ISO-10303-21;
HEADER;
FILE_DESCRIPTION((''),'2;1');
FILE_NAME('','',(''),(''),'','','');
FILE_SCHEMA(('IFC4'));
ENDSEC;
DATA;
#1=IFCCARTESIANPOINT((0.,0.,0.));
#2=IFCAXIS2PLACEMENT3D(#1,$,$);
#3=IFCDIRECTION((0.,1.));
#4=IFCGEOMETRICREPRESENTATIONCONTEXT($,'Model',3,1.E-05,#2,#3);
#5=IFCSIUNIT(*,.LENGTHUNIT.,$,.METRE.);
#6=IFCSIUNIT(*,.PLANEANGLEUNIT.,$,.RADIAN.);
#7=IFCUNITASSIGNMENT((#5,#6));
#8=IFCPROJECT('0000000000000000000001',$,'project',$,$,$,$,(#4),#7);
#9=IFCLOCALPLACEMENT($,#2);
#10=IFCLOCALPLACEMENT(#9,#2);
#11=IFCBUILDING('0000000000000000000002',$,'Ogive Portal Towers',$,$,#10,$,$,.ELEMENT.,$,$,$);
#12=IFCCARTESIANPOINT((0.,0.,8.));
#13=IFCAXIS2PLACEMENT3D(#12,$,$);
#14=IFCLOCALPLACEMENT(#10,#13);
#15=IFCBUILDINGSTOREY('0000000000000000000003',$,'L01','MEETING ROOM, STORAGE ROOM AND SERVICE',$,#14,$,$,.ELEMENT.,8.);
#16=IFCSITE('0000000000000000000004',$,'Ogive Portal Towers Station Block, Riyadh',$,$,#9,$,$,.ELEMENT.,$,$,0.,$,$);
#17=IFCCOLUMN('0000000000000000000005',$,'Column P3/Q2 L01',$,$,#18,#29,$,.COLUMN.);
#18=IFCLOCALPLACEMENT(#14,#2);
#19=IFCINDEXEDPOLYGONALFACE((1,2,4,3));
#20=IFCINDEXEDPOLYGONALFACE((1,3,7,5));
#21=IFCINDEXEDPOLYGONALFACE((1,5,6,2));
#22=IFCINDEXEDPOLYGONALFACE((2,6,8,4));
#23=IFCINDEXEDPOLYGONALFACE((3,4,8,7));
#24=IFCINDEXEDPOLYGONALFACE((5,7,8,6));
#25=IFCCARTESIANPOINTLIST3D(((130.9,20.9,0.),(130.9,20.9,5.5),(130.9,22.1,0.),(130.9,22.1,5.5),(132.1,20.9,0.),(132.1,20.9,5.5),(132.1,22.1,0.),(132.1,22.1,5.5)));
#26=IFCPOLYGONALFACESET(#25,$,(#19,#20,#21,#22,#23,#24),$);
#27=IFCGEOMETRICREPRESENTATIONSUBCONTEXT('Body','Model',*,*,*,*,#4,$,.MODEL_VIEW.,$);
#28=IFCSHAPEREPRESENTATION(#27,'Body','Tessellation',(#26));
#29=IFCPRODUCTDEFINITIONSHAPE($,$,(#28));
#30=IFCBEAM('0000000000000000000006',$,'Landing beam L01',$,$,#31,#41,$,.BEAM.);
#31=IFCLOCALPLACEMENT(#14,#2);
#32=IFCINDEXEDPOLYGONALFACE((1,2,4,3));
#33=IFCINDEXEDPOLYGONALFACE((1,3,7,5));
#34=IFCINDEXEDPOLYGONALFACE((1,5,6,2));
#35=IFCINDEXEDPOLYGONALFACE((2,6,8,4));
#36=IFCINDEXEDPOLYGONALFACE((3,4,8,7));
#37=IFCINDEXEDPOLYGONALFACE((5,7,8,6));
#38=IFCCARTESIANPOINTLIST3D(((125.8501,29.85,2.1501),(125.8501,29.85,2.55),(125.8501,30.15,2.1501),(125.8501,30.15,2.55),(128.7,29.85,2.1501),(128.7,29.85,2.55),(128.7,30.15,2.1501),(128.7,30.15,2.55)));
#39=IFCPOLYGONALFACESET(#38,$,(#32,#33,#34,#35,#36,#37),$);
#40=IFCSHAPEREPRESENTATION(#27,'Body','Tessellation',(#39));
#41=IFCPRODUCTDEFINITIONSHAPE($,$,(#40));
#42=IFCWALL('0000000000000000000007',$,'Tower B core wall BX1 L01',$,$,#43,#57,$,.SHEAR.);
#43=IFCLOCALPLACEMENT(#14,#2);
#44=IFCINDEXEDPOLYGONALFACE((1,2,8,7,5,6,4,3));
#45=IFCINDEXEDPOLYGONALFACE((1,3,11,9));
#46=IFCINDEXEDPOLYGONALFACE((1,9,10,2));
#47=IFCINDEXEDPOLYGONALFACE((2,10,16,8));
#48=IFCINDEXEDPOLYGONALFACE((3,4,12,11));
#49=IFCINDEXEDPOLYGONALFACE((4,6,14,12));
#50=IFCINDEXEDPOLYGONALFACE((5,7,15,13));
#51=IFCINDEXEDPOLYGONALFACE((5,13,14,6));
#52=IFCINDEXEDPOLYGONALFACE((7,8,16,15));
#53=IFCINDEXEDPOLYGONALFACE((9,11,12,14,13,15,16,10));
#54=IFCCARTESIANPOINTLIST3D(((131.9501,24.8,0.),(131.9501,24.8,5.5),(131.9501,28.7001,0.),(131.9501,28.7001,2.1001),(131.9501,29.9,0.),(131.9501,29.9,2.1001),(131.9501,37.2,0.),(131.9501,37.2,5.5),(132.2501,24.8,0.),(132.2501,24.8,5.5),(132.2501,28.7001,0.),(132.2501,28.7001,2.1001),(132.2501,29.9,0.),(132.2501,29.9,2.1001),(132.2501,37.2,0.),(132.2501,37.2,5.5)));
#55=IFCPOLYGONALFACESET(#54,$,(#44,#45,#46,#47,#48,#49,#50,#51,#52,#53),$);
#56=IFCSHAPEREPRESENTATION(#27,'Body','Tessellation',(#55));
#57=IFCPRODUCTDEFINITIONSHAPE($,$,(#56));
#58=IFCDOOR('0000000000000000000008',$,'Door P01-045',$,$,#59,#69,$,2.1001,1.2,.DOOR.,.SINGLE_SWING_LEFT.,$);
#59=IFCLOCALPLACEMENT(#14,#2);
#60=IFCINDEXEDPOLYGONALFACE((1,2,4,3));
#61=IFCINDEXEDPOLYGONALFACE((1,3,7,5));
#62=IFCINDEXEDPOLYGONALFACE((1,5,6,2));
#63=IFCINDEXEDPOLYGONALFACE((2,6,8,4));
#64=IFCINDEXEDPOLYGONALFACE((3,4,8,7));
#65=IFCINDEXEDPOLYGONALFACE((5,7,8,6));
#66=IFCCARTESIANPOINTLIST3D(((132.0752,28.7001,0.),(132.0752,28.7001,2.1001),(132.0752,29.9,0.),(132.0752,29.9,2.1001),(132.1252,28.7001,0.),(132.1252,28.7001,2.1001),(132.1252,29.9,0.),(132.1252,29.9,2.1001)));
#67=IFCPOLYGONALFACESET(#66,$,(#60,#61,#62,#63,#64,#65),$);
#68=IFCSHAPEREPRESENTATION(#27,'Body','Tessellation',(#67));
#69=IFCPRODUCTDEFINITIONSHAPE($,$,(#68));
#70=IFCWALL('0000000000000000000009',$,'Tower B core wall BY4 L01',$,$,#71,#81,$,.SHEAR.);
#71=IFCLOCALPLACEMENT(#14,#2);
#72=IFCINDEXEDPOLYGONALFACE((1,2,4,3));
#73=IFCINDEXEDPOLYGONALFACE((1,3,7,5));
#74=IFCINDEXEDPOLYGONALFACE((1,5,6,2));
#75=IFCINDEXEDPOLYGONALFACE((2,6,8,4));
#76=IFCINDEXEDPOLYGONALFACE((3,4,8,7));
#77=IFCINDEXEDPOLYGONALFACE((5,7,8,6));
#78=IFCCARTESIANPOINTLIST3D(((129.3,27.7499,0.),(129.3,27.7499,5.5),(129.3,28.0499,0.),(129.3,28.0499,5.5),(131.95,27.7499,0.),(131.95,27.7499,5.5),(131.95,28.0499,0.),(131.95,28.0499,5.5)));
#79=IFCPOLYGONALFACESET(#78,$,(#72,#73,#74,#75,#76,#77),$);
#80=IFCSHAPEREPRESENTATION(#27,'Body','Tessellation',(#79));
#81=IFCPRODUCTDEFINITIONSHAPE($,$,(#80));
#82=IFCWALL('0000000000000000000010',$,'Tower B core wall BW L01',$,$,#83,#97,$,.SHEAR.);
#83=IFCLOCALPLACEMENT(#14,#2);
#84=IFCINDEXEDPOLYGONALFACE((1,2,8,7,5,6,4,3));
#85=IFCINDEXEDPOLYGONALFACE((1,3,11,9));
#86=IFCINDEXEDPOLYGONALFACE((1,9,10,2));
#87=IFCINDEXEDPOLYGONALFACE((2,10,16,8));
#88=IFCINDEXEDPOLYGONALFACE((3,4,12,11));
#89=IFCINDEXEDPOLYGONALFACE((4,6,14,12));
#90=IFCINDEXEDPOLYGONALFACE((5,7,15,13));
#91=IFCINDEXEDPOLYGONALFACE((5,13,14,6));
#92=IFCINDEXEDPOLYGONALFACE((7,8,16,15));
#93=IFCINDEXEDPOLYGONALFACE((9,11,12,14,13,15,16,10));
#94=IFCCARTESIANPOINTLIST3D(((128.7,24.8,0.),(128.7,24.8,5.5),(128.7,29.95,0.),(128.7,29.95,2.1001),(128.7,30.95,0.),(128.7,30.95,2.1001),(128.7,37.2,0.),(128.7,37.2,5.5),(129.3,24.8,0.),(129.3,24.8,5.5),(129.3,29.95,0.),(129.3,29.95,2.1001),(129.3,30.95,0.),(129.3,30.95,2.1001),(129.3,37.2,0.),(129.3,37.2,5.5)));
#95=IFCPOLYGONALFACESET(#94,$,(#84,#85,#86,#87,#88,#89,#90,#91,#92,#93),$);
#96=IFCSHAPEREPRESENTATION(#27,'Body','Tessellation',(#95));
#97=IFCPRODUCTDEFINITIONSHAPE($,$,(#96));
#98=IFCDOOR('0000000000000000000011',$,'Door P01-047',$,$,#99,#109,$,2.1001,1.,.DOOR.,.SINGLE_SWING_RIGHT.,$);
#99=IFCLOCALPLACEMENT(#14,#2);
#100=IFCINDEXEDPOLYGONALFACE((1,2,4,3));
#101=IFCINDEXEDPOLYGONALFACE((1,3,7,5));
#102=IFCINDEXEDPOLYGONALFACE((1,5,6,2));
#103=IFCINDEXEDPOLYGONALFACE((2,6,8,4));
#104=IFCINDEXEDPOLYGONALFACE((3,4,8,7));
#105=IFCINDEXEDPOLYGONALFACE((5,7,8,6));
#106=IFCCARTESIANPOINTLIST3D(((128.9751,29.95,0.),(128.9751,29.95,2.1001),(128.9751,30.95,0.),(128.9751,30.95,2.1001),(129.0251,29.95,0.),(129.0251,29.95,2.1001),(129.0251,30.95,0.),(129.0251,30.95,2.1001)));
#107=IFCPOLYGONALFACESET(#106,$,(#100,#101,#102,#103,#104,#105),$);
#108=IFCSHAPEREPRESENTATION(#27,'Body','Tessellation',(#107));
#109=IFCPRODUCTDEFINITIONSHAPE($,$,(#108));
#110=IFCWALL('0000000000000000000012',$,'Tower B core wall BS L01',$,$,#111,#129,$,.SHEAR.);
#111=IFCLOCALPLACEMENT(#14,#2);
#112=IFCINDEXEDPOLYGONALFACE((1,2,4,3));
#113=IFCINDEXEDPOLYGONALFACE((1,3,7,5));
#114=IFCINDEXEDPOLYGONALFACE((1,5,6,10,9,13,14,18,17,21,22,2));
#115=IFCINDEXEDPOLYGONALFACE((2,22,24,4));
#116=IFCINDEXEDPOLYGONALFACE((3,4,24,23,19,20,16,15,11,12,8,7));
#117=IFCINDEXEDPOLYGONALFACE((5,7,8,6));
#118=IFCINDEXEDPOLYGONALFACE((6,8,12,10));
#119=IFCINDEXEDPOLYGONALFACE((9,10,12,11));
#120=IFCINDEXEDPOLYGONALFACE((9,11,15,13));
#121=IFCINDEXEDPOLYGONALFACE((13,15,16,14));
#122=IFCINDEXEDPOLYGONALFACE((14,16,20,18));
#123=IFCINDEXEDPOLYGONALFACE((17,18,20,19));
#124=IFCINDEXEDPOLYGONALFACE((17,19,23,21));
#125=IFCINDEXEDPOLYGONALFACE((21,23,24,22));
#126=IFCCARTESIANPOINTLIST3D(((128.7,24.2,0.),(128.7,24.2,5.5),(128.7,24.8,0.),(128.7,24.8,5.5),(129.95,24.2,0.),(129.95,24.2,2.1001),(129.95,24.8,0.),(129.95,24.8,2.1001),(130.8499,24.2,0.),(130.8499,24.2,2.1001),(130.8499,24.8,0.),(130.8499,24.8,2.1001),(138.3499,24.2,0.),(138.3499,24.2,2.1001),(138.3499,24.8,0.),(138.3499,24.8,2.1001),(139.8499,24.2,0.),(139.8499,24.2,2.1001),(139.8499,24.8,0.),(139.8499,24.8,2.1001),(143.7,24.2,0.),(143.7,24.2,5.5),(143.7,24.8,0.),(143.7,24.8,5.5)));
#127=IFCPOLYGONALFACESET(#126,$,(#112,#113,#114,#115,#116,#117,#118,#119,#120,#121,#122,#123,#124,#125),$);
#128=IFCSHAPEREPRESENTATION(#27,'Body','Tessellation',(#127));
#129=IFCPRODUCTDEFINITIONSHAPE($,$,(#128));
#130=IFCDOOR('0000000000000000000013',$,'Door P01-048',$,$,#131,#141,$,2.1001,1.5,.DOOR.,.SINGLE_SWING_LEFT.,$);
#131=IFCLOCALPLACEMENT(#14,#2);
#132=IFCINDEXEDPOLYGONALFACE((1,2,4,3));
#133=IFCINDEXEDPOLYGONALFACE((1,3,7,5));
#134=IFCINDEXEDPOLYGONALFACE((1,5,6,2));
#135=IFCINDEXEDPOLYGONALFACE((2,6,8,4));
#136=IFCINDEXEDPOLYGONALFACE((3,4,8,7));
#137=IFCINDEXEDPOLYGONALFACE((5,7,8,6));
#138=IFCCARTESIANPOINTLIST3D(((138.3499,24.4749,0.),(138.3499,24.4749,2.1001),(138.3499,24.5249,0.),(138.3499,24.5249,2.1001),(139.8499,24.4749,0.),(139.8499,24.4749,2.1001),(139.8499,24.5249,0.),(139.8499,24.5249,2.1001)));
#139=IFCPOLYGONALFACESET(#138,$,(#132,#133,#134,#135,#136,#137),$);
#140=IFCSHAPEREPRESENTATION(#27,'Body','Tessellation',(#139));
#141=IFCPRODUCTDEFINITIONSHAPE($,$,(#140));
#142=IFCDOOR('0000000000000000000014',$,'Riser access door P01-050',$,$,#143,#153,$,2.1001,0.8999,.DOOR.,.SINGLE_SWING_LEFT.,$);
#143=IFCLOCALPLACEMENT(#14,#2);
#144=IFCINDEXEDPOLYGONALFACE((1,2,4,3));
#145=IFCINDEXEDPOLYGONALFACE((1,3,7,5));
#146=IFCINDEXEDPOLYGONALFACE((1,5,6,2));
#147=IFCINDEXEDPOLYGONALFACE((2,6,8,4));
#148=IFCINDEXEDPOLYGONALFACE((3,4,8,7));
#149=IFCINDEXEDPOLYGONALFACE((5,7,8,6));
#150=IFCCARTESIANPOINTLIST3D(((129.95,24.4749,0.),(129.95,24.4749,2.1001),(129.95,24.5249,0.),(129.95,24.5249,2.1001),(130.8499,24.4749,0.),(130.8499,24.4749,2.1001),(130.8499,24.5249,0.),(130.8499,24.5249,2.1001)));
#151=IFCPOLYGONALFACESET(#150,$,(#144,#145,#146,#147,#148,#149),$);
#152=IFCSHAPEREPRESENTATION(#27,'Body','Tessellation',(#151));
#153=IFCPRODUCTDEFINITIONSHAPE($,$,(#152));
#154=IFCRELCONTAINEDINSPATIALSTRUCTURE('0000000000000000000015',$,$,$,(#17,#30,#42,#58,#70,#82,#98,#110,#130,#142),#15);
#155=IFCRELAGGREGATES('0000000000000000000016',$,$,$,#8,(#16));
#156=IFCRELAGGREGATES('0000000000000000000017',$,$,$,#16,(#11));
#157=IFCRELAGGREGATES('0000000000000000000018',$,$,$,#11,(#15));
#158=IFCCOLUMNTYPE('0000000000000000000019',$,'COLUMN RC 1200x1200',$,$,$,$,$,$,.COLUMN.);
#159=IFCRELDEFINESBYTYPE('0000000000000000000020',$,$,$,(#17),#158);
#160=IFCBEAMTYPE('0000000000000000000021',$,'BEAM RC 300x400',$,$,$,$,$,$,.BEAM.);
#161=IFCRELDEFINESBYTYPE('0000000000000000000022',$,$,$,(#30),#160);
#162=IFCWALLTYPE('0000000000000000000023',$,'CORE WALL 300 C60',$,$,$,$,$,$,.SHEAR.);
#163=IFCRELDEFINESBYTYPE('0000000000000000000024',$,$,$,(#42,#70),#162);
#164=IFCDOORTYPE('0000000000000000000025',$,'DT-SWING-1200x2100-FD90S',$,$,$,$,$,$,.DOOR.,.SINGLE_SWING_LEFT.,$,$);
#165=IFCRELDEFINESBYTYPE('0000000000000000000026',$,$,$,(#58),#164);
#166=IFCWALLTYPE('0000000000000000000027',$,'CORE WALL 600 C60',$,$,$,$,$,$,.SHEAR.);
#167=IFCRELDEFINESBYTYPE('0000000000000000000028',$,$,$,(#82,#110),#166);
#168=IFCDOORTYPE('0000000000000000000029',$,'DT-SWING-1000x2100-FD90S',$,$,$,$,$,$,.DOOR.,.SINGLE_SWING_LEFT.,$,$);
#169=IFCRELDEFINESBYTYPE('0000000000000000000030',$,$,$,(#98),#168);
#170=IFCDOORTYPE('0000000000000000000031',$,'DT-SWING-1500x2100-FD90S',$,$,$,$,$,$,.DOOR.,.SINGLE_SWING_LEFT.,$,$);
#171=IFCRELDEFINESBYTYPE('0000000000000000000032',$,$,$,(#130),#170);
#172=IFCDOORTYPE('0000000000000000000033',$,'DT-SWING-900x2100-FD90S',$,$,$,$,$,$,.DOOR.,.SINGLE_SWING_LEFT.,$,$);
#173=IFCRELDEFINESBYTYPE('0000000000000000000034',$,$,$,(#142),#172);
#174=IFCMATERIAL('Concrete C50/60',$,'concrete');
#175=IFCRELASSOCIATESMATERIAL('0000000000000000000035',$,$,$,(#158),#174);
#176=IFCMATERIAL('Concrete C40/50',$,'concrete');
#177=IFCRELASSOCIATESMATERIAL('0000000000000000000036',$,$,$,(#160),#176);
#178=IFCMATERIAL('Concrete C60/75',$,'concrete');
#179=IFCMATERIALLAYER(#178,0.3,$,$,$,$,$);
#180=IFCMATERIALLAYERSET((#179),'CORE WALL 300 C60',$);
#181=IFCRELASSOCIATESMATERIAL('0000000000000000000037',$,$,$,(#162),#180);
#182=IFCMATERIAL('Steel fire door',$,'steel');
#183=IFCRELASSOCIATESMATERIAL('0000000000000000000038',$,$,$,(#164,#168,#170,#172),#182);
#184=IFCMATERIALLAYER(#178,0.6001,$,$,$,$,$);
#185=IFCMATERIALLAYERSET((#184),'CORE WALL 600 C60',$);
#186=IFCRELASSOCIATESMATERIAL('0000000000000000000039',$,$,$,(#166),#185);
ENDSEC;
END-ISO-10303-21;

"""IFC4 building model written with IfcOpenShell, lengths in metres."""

from ifc_helpers import new_model, si_unit, direction, frame, frame_2d, origin, origin_2d, place, context, subcontext, project, spatial, rectangle, extrude, material, layer, layer_set, material_profile, profile_set, type_object, element, fill, save


model = new_model("IFC4")

# Units and contexts
model_context = context("Model", 3, precision=1e-05, world=origin(), true_north=direction((0.0, 1.0)))
body_context = subcontext(model_context, "Body", "Model", "MODEL_VIEW")
ifc_project = project(units=[si_unit("LENGTHUNIT", "METRE"), si_unit("PLANEANGLEUNIT", "RADIAN")], contexts=[model_context])

# Site, building, storey
site_placement = place(None, origin())
site = spatial("IfcSite", under=ifc_project, at=site_placement, Name="Ogive Portal Towers Station Block, Riyadh", CompositionType="ELEMENT", RefElevation=0.0)
building_placement = place(site_placement, origin())
building = spatial("IfcBuilding", under=site, at=building_placement, Name="Ogive Portal Towers", CompositionType="ELEMENT")
storey_placement = place(building_placement, frame((0.0, 0.0, 8.0)))
storey = spatial("IfcBuildingStorey", under=building, at=storey_placement, Name="L01", Description="MEETING ROOM, STORAGE ROOM AND SERVICE", CompositionType="ELEMENT", Elevation=8.0)

# Column
ifc_material_1 = material(Name="Concrete C50/60", Category="concrete")
ifc_material_profile_1 = material_profile(ifc_material_1, rectangle(XDim=1.2, YDim=1.2, at=origin_2d()), Name="RC 1200x1200")
ifc_profile_set_1 = profile_set([ifc_material_profile_1], Name="Concrete C50/60")
column_type = type_object("IfcColumnType", Name="COLUMN RC 1200x1200", PredefinedType="COLUMN", material=ifc_profile_set_1)
column_placement = place(storey_placement, frame((131.5, 21.5, 0.0), z_axis=(0.0, 0.0, 1.0), x_axis=(1.0, 0.0, 0.0)))
element("IfcColumn", 1, at=column_placement, inside=storey, type_object=column_type, Name="Column P3/Q2 L01", PredefinedType="COLUMN", context=body_context, shape_type="SweptSolid", body=[
    extrude(rectangle(XDim=1.2, YDim=1.2, at=origin_2d()), origin(), (0.0, 0.0, 1.0), 5.5),
])

# Beam
ifc_material_2 = material(Name="Concrete C40/50", Category="concrete")
ifc_material_profile_2 = material_profile(ifc_material_2, rectangle(XDim=0.3, YDim=0.3999, at=origin_2d()), Name="RC 300x400")
ifc_profile_set_2 = profile_set([ifc_material_profile_2], Name="Concrete C40/50")
beam_type = type_object("IfcBeamType", Name="BEAM RC 300x400", PredefinedType="BEAM", material=ifc_profile_set_2)
beam_placement = place(storey_placement, frame((125.8501, 30.0, 2.3501), z_axis=(1.0, 0.0, 0.0), x_axis=(0.0, 1.0, 0.0)))
element("IfcBeam", 2, at=beam_placement, inside=storey, type_object=beam_type, Name="Landing beam L01", PredefinedType="BEAM", context=body_context, shape_type="SweptSolid", body=[
    extrude(rectangle(XDim=0.3, YDim=0.3999, at=origin_2d()), origin(), (0.0, 0.0, 1.0), 2.8499),
])

# Wall, opening, door
ifc_material_3 = material(Name="Concrete C60/75", Category="concrete")
ifc_layer_1 = layer(ifc_material_3, 0.3)
ifc_layer_set_1 = layer_set([ifc_layer_1], Name="CORE WALL 300 C60")
wall_type_1 = type_object("IfcWallType", Name="CORE WALL 300 C60", PredefinedType="SHEAR", material=ifc_layer_set_1)
wall_1_placement = place(storey_placement, frame((132.1001, 24.8, 0.0), z_axis=(0.0, 0.0, 1.0), x_axis=(0.0, 1.0, 0.0)))
wall_1 = element("IfcWall", 3, at=wall_1_placement, inside=storey, type_object=wall_type_1, Name="Tower B core wall BX1 L01", PredefinedType="SHEAR", context=body_context, shape_type="SweptSolid", body=[
    extrude(rectangle(XDim=12.3999, YDim=0.3, at=frame_2d((6.2, 0.0))), origin(), (0.0, 0.0, 1.0), 5.5),
])
opening_1_placement = place(wall_1_placement, frame((3.8999, 0.0, 0.0)))
opening_1 = element("IfcOpeningElement", 4, at=opening_1_placement, cuts=wall_1, PredefinedType="OPENING", context=body_context, shape_type="SweptSolid", body=[
    extrude(rectangle(XDim=1.2, YDim=2.1001, at=frame_2d((0.6001, 1.05))), frame((0.0, 0.1602, 0.0), z_axis=(0.0, -1.0, 0.0), x_axis=(1.0, 0.0, 0.0)), (0.0, 0.0, 1.0), 0.3201),
])
ifc_material_4 = material(Name="Steel fire door", Category="steel")
door_type_1 = type_object("IfcDoorType", Name="DT-SWING-1200x2100-FD90S", OperationType="SINGLE_SWING_LEFT", PredefinedType="DOOR", material=ifc_material_4)
door_1_placement = place(opening_1_placement, origin())
door_1 = element("IfcDoor", 5, at=door_1_placement, inside=storey, type_object=door_type_1, Name="Door P01-045", OperationType="SINGLE_SWING_LEFT", OverallHeight=2.1001, OverallWidth=1.2, PredefinedType="DOOR", context=body_context, shape_type="SweptSolid", body=[
    extrude(rectangle(XDim=1.2, YDim=2.1001, at=frame_2d((0.6001, 1.05))), frame((0.0, 0.0249, 0.0), z_axis=(0.0, -1.0, 0.0), x_axis=(1.0, 0.0, 0.0)), (0.0, 0.0, 1.0), 0.05),
])
fill(opening_1, door_1)

# Wall
wall_2_placement = place(storey_placement, frame((129.3, 27.8999, 0.0), z_axis=(0.0, 0.0, 1.0), x_axis=(1.0, 0.0, 0.0)))
element("IfcWall", 6, at=wall_2_placement, inside=storey, type_object=wall_type_1, Name="Tower B core wall BY4 L01", PredefinedType="SHEAR", context=body_context, shape_type="SweptSolid", body=[
    extrude(rectangle(XDim=2.6499, YDim=0.3, at=frame_2d((1.325, 0.0))), origin(), (0.0, 0.0, 1.0), 5.5),
])

# Wall, opening, door
ifc_layer_2 = layer(ifc_material_3, 0.6001)
ifc_layer_set_2 = layer_set([ifc_layer_2], Name="CORE WALL 600 C60")
wall_type_2 = type_object("IfcWallType", Name="CORE WALL 600 C60", PredefinedType="SHEAR", material=ifc_layer_set_2)
wall_3_placement = place(storey_placement, frame((129.0, 24.8, 0.0), z_axis=(0.0, 0.0, 1.0), x_axis=(0.0, 1.0, 0.0)))
wall_3 = element("IfcWall", 7, at=wall_3_placement, inside=storey, type_object=wall_type_2, Name="Tower B core wall BW L01", PredefinedType="SHEAR", context=body_context, shape_type="SweptSolid", body=[
    extrude(rectangle(XDim=12.3999, YDim=0.6001, at=frame_2d((6.2, 0.0))), origin(), (0.0, 0.0, 1.0), 5.5),
])
opening_2_placement = place(wall_3_placement, frame((5.1499, 0.0, 0.0)))
opening_2 = element("IfcOpeningElement", 8, at=opening_2_placement, cuts=wall_3, PredefinedType="OPENING", context=body_context, shape_type="SweptSolid", body=[
    extrude(rectangle(XDim=1.0, YDim=2.1001, at=frame_2d((0.5, 1.05))), frame((0.0, 0.3101, 0.0), z_axis=(0.0, -1.0, 0.0), x_axis=(1.0, 0.0, 0.0)), (0.0, 0.0, 1.0), 0.6201),
])
door_type_2 = type_object("IfcDoorType", Name="DT-SWING-1000x2100-FD90S", OperationType="SINGLE_SWING_LEFT", PredefinedType="DOOR", material=ifc_material_4)
door_2_placement = place(opening_2_placement, origin())
door_2 = element("IfcDoor", 9, at=door_2_placement, inside=storey, type_object=door_type_2, Name="Door P01-047", OperationType="SINGLE_SWING_RIGHT", OverallHeight=2.1001, OverallWidth=1.0, PredefinedType="DOOR", context=body_context, shape_type="SweptSolid", body=[
    extrude(rectangle(XDim=1.0, YDim=2.1001, at=frame_2d((0.5, 1.05))), frame((0.0, 0.0249, 0.0), z_axis=(0.0, -1.0, 0.0), x_axis=(1.0, 0.0, 0.0)), (0.0, 0.0, 1.0), 0.05),
])
fill(opening_2, door_2)

# Wall, openings, doors
wall_4_placement = place(storey_placement, frame((128.7, 24.5, 0.0), z_axis=(0.0, 0.0, 1.0), x_axis=(1.0, 0.0, 0.0)))
wall_4 = element("IfcWall", 10, at=wall_4_placement, inside=storey, type_object=wall_type_2, Name="Tower B core wall BS L01", PredefinedType="SHEAR", context=body_context, shape_type="SweptSolid", body=[
    extrude(rectangle(XDim=15.0, YDim=0.6001, at=frame_2d((7.5, 0.0))), origin(), (0.0, 0.0, 1.0), 5.5),
])
opening_3_placement = place(wall_4_placement, frame((9.6499, 0.0, 0.0)))
opening_3 = element("IfcOpeningElement", 11, at=opening_3_placement, cuts=wall_4, PredefinedType="OPENING", context=body_context, shape_type="SweptSolid", body=[
    extrude(rectangle(XDim=1.5, YDim=2.1001, at=frame_2d((0.75, 1.05))), frame((0.0, 0.3101, 0.0), z_axis=(0.0, -1.0, 0.0), x_axis=(1.0, 0.0, 0.0)), (0.0, 0.0, 1.0), 0.6201),
])
opening_4_placement = place(wall_4_placement, frame((1.25, 0.0, 0.0)))
opening_4 = element("IfcOpeningElement", 12, at=opening_4_placement, cuts=wall_4, PredefinedType="OPENING", context=body_context, shape_type="SweptSolid", body=[
    extrude(rectangle(XDim=0.8999, YDim=2.1001, at=frame_2d((0.45, 1.05))), frame((0.0, 0.3101, 0.0), z_axis=(0.0, -1.0, 0.0), x_axis=(1.0, 0.0, 0.0)), (0.0, 0.0, 1.0), 0.6201),
])
door_type_3 = type_object("IfcDoorType", Name="DT-SWING-1500x2100-FD90S", OperationType="SINGLE_SWING_LEFT", PredefinedType="DOOR", material=ifc_material_4)
door_3_placement = place(opening_3_placement, origin())
door_3 = element("IfcDoor", 13, at=door_3_placement, inside=storey, type_object=door_type_3, Name="Door P01-048", OperationType="SINGLE_SWING_LEFT", OverallHeight=2.1001, OverallWidth=1.5, PredefinedType="DOOR", context=body_context, shape_type="SweptSolid", body=[
    extrude(rectangle(XDim=1.5, YDim=2.1001, at=frame_2d((0.75, 1.05))), frame((0.0, 0.0249, 0.0), z_axis=(0.0, -1.0, 0.0), x_axis=(1.0, 0.0, 0.0)), (0.0, 0.0, 1.0), 0.05),
])
fill(opening_3, door_3)
door_type_4 = type_object("IfcDoorType", Name="DT-SWING-900x2100-FD90S", OperationType="SINGLE_SWING_LEFT", PredefinedType="DOOR", material=ifc_material_4)
door_4_placement = place(opening_4_placement, origin())
door_4 = element("IfcDoor", 14, at=door_4_placement, inside=storey, type_object=door_type_4, Name="Riser access door P01-050", OperationType="SINGLE_SWING_LEFT", OverallHeight=2.1001, OverallWidth=0.8999, PredefinedType="DOOR", context=body_context, shape_type="SweptSolid", body=[
    extrude(rectangle(XDim=0.8999, YDim=2.1001, at=frame_2d((0.45, 1.05))), frame((0.0, 0.0249, 0.0), z_axis=(0.0, -1.0, 0.0), x_axis=(1.0, 0.0, 0.0)), (0.0, 0.0, 1.0), 0.05),
])
fill(opening_4, door_4)

save(model, "model.ifc")
